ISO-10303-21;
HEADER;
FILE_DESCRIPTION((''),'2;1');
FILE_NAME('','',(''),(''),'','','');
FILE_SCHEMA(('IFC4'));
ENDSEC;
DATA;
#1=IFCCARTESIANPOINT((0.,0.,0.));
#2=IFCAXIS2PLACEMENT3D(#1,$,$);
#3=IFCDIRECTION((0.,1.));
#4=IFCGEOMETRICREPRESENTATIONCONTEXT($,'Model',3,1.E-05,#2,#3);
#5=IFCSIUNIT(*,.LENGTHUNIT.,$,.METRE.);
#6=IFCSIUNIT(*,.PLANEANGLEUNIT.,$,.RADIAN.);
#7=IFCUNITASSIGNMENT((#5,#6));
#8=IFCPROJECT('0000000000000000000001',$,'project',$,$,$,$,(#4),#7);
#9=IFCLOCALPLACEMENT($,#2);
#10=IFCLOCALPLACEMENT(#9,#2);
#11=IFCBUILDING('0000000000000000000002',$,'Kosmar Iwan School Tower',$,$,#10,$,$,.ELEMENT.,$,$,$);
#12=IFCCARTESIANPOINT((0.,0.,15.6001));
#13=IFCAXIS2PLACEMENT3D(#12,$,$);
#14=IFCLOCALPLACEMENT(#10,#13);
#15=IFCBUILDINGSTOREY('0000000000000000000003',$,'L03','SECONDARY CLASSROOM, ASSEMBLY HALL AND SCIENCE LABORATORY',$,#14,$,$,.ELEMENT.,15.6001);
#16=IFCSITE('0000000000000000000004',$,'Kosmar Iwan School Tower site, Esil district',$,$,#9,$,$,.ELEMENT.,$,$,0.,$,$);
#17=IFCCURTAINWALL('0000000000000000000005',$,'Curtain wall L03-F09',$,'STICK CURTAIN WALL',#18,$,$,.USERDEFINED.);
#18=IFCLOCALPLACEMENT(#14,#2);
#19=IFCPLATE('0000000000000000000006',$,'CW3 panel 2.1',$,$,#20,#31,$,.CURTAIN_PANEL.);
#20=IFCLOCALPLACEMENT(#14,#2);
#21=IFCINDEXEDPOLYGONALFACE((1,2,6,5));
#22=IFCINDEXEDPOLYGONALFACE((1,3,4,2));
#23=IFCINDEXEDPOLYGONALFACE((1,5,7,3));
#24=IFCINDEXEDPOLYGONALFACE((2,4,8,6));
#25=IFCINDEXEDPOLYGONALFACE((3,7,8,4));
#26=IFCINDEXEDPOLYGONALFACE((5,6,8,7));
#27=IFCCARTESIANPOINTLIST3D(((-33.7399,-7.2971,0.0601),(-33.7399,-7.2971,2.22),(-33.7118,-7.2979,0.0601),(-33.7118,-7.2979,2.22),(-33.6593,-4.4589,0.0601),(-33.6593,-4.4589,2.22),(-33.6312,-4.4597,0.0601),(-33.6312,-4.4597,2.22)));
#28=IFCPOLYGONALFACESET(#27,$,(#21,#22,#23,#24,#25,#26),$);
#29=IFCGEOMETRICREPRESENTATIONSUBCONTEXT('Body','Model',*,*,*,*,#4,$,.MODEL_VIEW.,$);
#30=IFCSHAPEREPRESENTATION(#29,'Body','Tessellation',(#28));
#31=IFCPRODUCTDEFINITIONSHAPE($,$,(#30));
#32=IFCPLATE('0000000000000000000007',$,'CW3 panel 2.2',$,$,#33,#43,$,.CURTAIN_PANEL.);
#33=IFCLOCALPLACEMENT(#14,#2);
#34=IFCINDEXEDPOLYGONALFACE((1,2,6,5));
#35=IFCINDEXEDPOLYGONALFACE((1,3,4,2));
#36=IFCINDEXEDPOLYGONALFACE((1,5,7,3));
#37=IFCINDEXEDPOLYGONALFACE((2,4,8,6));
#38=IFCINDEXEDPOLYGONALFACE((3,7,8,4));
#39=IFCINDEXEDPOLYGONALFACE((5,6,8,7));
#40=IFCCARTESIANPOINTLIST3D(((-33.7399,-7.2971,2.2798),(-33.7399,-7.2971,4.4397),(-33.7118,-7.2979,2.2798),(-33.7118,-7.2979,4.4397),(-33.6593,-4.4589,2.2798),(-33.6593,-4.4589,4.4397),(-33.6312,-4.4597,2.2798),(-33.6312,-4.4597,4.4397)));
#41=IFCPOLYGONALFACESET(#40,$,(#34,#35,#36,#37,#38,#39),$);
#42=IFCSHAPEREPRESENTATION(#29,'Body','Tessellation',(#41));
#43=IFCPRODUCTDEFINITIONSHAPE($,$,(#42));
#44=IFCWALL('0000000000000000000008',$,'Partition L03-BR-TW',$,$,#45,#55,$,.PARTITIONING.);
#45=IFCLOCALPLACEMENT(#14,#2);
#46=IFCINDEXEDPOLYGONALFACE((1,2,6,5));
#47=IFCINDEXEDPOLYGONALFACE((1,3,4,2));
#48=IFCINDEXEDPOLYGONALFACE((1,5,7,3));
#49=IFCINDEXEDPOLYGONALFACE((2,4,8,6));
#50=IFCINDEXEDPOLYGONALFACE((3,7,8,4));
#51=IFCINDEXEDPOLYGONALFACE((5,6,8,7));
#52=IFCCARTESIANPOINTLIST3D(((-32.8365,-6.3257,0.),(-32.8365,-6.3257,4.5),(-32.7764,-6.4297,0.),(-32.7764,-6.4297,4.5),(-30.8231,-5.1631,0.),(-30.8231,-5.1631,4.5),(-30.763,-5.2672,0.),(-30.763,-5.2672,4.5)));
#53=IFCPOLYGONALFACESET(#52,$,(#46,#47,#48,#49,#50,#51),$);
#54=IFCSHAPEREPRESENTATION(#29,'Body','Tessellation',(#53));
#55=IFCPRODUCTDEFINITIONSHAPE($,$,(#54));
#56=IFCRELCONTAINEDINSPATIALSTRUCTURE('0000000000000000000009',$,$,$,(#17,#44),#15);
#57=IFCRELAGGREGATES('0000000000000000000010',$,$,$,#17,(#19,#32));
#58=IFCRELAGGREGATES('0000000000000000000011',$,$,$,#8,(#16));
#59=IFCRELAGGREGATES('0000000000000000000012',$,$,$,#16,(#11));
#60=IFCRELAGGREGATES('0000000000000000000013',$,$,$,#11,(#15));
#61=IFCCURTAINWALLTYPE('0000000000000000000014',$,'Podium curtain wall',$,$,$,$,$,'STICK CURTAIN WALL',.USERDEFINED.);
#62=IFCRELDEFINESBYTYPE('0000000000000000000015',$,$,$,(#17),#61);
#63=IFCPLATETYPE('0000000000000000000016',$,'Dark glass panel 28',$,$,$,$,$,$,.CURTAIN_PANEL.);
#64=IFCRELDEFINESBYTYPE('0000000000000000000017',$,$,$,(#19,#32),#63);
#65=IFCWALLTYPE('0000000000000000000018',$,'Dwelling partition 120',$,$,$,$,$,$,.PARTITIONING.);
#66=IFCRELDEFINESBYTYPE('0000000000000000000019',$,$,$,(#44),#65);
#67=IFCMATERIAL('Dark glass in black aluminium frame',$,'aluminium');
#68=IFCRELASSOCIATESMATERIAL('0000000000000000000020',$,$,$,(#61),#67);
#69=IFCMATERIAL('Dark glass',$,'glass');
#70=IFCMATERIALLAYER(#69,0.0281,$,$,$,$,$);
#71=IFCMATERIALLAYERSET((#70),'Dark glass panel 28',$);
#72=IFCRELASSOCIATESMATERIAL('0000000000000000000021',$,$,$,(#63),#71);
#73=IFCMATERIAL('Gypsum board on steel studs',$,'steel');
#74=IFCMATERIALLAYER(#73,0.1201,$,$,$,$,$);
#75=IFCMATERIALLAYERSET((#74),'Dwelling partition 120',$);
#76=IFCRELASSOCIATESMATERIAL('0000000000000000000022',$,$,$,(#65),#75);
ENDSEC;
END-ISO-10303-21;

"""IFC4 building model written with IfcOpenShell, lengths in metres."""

from ifc_helpers import new_model, si_unit, direction, frame, frame_2d, origin, origin_2d, place, context, subcontext, project, spatial, rectangle, extrude, material, layer, layer_set, type_object, element, aggregate, save


model = new_model("IFC4")

# Units and contexts
model_context = context("Model", 3, precision=1e-05, world=origin(), true_north=direction((0.0, 1.0)))
body_context = subcontext(model_context, "Body", "Model", "MODEL_VIEW")
ifc_project = project(units=[si_unit("LENGTHUNIT", "METRE"), si_unit("PLANEANGLEUNIT", "RADIAN")], contexts=[model_context])

# Site, building, storey
site_placement = place(None, origin())
site = spatial("IfcSite", under=ifc_project, at=site_placement, Name="Kosmar Iwan School Tower site, Esil district", CompositionType="ELEMENT", RefElevation=0.0)
building_placement = place(site_placement, origin())
building = spatial("IfcBuilding", under=site, at=building_placement, Name="Kosmar Iwan School Tower", CompositionType="ELEMENT")
storey_placement = place(building_placement, frame((0.0, 0.0, 15.6001)))
storey = spatial("IfcBuildingStorey", under=building, at=storey_placement, Name="L03", Description="SECONDARY CLASSROOM, ASSEMBLY HALL AND SCIENCE LABORATORY", CompositionType="ELEMENT", Elevation=15.6001)

# Shared definitions
ifc_material_1 = material(Name="Dark glass in black aluminium frame", Category="aluminium")
curtain_wall_type = type_object("IfcCurtainWallType", Name="Podium curtain wall", ElementType="STICK CURTAIN WALL", PredefinedType="USERDEFINED", material=ifc_material_1)

# Curtain wall
curtain_wall_1_placement = place(storey_placement, origin())
curtain_wall_1 = element("IfcCurtainWall", 1, at=curtain_wall_1_placement, inside=storey, type_object=curtain_wall_type, Name="Curtain wall L03-F09", ObjectType="STICK CURTAIN WALL", PredefinedType="USERDEFINED")

# Plates
ifc_material_2 = material(Name="Dark glass", Category="glass")
ifc_layer_1 = layer(ifc_material_2, 0.0281)
ifc_layer_set_1 = layer_set([ifc_layer_1], Name="Dark glass panel 28")
plate_type = type_object("IfcPlateType", Name="Dark glass panel 28", PredefinedType="CURTAIN_PANEL", material=ifc_layer_set_1)
plate_1_placement = place(storey_placement, frame((-33.6855, -5.8784, 0.0601), z_axis=(0.0, 0.0, 1.0), x_axis=(-0.028386, -0.999597, 0.0)))
plate_1 = element("IfcPlate", 2, at=plate_1_placement, type_object=plate_type, Name="CW3 panel 2.1", PredefinedType="CURTAIN_PANEL", context=body_context, shape_type="SweptSolid", body=[
    extrude(rectangle(XDim=2.8394, YDim=0.0281, at=origin_2d()), origin(), (0.0, 0.0, 1.0), 2.1599),
])
plate_2_placement = place(storey_placement, frame((-33.6855, -5.8784, 2.2798), z_axis=(0.0, 0.0, 1.0), x_axis=(-0.028386, -0.999597, 0.0)))
plate_2 = element("IfcPlate", 3, at=plate_2_placement, type_object=plate_type, Name="CW3 panel 2.2", PredefinedType="CURTAIN_PANEL", context=body_context, shape_type="SweptSolid", body=[
    extrude(rectangle(XDim=2.8394, YDim=0.0281, at=origin_2d()), origin(), (0.0, 0.0, 1.0), 2.1599),
])
aggregate(curtain_wall_1, [plate_1, plate_2])

# Wall
ifc_material_3 = material(Name="Gypsum board on steel studs", Category="steel")
ifc_layer_2 = layer(ifc_material_3, 0.1201)
ifc_layer_set_2 = layer_set([ifc_layer_2], Name="Dwelling partition 120")
wall_type = type_object("IfcWallType", Name="Dwelling partition 120", PredefinedType="PARTITIONING", material=ifc_layer_set_2)
wall_placement = place(storey_placement, frame((-30.793, -5.2151, 0.0), z_axis=(0.0, 0.0, 1.0), x_axis=(-0.865998, -0.500047, 0.0)))
element("IfcWall", 4, at=wall_placement, inside=storey, type_object=wall_type, Name="Partition L03-BR-TW", PredefinedType="PARTITIONING", context=body_context, shape_type="SweptSolid", body=[
    extrude(rectangle(XDim=2.325, YDim=0.1201, at=frame_2d((1.1626, 0.0))), origin(), (0.0, 0.0, 1.0), 4.5),
])

save(model, "model.ifc")
